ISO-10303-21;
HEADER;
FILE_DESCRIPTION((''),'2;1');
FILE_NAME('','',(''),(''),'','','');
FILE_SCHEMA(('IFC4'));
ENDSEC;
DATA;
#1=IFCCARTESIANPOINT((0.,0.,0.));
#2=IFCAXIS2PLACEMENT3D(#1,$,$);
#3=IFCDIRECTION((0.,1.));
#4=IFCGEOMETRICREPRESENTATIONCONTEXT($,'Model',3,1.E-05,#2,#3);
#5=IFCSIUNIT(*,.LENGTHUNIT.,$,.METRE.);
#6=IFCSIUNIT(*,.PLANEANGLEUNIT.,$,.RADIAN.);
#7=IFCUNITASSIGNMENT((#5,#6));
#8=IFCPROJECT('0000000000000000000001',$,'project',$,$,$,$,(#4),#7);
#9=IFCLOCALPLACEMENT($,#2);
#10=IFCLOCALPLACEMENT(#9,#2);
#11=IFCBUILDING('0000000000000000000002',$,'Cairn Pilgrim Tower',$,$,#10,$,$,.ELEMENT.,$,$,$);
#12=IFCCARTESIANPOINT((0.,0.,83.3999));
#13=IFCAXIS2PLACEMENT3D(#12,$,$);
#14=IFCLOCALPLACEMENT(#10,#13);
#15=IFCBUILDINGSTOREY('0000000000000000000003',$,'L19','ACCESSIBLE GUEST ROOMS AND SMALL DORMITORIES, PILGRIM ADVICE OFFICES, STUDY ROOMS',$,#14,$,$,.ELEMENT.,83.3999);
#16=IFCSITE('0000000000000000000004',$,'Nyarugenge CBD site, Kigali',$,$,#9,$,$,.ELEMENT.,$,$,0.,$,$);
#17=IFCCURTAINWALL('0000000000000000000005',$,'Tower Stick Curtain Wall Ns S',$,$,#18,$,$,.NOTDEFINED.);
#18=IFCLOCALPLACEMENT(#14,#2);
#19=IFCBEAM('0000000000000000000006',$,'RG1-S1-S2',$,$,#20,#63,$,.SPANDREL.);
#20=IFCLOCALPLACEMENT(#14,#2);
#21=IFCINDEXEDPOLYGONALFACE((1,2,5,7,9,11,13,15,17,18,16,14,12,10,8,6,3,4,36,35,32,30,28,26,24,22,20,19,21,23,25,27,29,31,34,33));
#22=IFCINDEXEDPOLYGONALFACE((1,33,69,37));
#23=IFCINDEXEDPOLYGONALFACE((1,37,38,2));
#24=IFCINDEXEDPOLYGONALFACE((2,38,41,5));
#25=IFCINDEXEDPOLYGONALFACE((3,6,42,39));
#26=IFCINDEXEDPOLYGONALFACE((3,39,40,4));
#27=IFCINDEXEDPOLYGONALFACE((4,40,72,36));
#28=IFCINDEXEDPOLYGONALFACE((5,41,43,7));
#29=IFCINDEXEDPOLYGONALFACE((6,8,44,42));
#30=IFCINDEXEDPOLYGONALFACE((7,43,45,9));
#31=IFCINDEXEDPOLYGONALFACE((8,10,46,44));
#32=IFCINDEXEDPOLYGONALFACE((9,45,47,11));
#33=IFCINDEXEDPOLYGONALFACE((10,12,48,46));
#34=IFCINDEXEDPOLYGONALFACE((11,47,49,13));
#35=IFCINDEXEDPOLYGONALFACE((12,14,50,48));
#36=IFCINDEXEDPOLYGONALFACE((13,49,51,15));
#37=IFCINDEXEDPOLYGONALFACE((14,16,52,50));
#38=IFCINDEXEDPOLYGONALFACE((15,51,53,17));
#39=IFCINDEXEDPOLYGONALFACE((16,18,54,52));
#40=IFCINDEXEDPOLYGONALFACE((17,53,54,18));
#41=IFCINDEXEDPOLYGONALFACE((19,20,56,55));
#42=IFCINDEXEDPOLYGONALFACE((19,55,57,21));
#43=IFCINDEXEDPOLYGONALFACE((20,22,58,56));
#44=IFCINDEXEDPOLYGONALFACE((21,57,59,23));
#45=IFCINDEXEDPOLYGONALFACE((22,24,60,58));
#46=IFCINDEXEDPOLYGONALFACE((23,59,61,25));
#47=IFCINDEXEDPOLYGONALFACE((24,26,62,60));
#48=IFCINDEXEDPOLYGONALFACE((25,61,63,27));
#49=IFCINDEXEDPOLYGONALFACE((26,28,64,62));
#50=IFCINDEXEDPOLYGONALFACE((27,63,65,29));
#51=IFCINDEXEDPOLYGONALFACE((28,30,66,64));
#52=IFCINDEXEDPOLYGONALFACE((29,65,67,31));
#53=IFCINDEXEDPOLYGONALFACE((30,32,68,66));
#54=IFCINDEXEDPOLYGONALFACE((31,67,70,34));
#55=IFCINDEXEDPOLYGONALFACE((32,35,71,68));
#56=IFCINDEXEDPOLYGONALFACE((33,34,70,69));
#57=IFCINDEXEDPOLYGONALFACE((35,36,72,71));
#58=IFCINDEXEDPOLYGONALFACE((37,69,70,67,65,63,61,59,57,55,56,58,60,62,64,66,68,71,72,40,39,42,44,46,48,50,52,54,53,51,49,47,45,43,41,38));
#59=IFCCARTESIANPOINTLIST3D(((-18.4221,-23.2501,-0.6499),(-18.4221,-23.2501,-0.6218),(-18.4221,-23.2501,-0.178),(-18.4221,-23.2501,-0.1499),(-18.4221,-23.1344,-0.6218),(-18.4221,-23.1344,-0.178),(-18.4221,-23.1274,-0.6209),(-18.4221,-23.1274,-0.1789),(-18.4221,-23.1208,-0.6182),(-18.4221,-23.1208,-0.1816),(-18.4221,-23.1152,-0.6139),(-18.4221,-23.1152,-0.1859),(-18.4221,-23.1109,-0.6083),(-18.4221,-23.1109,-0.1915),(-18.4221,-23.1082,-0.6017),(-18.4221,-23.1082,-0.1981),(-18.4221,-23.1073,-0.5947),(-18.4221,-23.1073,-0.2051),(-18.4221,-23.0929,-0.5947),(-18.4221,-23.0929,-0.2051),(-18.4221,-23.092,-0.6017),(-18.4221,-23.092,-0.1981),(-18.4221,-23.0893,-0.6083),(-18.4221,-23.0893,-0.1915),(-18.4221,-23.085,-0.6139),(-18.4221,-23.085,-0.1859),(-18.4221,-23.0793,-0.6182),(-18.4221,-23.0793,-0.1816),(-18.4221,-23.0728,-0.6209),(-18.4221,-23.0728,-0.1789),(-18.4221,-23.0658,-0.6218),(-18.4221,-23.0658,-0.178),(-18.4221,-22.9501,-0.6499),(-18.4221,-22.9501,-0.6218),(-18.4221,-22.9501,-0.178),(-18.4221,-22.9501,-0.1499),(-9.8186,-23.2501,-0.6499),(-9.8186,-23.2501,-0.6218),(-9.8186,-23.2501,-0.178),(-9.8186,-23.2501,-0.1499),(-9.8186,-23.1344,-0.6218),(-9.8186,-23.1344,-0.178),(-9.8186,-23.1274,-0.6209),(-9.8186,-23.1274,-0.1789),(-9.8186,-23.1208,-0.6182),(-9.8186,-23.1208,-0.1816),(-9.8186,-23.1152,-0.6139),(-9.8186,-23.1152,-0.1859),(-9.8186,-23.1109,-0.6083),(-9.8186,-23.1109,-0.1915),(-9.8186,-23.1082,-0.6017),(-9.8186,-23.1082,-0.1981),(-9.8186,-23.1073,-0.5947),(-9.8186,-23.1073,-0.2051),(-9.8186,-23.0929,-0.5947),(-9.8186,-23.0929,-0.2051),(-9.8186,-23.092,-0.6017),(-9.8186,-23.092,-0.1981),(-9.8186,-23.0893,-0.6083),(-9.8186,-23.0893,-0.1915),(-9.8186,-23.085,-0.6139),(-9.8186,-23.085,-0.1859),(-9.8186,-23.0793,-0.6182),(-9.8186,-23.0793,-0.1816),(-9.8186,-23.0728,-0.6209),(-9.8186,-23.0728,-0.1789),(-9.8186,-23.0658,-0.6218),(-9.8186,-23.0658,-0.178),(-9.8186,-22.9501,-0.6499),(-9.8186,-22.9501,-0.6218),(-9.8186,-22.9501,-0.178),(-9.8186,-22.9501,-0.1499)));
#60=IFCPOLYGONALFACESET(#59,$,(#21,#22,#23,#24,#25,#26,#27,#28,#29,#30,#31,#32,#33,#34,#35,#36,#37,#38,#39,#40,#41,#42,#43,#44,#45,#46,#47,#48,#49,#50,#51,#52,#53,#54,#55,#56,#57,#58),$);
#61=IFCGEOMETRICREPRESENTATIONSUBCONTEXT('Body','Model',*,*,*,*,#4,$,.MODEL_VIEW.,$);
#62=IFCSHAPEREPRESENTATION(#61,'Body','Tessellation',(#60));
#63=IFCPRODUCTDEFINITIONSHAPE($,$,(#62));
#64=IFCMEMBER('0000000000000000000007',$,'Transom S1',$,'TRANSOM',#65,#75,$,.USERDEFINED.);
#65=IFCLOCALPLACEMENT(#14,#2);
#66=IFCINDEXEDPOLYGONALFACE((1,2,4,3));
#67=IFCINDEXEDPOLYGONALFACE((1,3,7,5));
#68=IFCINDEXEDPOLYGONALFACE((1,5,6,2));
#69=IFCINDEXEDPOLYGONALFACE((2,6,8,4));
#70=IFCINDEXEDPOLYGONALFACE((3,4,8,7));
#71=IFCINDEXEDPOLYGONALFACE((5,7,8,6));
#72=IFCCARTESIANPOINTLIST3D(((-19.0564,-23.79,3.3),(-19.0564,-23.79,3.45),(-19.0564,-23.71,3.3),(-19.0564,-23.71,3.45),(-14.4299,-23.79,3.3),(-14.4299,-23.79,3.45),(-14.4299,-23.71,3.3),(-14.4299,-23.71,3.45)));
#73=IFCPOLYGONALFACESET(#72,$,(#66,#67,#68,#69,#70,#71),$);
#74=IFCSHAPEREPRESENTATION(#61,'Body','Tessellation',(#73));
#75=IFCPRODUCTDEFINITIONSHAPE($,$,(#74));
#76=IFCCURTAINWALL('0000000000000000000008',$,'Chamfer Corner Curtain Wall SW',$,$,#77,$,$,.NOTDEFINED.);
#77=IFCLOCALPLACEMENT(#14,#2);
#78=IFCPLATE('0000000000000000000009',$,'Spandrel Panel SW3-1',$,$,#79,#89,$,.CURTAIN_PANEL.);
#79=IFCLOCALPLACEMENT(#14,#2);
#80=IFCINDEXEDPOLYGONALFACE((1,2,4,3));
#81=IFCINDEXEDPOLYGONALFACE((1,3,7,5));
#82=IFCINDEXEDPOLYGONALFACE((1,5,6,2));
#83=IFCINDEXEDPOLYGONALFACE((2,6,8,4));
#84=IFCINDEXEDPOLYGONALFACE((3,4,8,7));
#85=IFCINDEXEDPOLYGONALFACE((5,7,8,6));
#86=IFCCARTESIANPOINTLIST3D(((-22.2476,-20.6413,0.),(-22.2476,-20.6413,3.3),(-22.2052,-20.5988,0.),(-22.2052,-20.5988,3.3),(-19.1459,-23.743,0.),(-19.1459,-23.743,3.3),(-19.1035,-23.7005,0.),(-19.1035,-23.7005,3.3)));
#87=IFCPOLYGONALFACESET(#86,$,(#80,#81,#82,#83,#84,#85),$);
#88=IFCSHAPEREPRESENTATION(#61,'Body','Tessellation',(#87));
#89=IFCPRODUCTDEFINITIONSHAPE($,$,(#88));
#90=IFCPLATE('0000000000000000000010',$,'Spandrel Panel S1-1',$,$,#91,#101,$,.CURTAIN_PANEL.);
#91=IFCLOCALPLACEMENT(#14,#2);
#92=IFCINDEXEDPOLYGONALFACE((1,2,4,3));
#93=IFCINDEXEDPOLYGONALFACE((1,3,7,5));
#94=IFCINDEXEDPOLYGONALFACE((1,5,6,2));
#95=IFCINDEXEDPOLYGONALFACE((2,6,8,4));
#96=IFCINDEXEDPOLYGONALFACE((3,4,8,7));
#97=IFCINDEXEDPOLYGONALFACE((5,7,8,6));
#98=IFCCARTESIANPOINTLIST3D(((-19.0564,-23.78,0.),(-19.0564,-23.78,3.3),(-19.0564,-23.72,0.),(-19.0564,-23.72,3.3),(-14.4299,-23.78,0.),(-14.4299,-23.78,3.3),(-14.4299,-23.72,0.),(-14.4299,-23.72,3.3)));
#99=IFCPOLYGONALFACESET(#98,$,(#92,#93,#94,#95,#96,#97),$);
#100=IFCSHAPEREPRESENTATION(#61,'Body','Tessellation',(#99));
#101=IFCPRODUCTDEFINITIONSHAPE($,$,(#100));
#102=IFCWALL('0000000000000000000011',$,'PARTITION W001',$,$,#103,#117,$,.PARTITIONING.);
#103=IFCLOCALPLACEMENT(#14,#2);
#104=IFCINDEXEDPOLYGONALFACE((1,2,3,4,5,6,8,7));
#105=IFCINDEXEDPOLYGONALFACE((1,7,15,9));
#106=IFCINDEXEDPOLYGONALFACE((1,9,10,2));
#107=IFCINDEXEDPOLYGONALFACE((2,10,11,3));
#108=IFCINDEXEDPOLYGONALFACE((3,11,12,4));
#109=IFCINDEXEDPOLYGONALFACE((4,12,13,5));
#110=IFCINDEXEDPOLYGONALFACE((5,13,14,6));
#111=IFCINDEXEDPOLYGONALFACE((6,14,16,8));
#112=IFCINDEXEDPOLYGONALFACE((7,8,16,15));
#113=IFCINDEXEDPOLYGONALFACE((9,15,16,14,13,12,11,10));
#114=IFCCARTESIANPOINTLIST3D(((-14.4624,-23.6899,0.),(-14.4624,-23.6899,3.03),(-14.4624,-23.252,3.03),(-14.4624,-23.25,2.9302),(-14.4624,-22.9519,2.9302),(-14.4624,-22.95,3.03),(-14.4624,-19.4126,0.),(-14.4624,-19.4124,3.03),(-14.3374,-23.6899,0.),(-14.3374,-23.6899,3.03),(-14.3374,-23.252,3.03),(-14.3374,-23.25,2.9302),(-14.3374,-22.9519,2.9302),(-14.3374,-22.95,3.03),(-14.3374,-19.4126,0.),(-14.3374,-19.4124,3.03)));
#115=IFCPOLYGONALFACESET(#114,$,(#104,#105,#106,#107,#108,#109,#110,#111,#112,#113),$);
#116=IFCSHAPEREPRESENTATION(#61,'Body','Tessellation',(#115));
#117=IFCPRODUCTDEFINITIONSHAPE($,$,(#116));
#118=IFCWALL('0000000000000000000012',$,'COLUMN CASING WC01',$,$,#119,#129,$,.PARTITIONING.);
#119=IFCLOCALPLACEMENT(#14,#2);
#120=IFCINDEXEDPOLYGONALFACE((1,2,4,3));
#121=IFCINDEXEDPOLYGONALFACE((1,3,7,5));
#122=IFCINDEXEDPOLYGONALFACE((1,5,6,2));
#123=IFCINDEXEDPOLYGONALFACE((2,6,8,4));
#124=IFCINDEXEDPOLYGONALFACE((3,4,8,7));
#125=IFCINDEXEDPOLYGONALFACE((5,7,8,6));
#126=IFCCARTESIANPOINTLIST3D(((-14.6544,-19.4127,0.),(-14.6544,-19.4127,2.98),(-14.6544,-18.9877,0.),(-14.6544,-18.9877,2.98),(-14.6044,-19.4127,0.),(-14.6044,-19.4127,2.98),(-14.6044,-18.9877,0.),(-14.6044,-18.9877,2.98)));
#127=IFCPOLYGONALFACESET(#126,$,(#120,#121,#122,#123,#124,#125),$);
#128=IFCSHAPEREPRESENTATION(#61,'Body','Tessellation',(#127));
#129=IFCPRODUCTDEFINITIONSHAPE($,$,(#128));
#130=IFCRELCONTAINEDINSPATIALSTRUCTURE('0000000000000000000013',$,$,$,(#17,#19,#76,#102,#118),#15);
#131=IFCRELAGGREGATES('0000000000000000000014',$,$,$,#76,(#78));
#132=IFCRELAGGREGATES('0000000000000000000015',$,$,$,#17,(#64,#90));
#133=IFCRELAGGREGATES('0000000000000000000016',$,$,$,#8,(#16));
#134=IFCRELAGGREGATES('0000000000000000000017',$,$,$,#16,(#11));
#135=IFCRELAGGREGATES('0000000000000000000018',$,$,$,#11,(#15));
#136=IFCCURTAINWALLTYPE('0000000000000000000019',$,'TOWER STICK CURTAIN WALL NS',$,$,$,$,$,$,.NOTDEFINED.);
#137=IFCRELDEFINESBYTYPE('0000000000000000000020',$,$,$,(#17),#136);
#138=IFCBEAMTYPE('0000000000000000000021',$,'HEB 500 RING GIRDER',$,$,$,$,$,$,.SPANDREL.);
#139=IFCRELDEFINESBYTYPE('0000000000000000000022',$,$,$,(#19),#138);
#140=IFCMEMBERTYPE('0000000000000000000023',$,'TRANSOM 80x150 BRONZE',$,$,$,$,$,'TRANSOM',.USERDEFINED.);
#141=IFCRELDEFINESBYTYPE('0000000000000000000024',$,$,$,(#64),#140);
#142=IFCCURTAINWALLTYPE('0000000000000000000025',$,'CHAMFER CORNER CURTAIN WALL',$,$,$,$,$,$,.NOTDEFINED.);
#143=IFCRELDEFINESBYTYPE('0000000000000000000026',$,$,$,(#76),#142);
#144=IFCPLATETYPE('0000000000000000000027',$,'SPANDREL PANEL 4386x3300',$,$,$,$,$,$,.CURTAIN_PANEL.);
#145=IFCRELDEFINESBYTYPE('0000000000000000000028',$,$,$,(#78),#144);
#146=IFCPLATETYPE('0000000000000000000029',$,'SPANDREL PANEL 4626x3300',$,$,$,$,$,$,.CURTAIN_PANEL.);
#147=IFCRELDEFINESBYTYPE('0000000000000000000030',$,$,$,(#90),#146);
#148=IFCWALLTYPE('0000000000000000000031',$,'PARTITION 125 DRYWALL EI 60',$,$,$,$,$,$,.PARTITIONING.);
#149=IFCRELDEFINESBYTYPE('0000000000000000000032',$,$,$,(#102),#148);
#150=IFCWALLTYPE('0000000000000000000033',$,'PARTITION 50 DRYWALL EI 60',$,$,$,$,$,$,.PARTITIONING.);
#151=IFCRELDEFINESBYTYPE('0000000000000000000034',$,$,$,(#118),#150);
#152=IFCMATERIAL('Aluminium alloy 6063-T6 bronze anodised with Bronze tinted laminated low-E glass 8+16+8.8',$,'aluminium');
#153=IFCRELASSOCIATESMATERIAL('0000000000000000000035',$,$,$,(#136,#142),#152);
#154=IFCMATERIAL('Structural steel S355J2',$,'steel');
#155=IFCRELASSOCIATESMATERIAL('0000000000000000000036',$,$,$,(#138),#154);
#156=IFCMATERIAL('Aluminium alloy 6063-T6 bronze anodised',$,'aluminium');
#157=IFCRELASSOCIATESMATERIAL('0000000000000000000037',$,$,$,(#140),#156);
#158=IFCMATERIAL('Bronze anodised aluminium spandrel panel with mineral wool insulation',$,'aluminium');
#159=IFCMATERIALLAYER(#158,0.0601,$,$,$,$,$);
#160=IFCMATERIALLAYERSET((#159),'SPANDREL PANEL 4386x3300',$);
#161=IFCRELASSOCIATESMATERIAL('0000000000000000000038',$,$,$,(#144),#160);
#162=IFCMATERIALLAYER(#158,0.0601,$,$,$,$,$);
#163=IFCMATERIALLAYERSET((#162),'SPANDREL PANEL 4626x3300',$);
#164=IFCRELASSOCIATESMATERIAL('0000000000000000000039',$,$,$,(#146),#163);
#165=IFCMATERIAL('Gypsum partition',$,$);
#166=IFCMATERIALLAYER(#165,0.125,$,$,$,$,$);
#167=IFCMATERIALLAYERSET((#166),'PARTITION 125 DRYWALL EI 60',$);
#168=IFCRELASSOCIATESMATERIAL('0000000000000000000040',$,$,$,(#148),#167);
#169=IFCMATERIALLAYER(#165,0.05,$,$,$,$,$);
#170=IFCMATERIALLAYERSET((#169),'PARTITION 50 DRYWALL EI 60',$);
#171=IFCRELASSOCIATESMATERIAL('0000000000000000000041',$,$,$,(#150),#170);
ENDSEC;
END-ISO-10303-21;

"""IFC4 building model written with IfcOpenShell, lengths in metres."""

from ifc_helpers import new_model, si_unit, direction, frame, frame_2d, origin, origin_2d, place, context, subcontext, project, spatial, polyline, rectangle, i_section, outline, extrude, material, layer, layer_set, material_profile, profile_set, type_object, element, aggregate, save


model = new_model("IFC4")

# Units and contexts
model_context = context("Model", 3, precision=1e-05, world=origin(), true_north=direction((0.0, 1.0)))
body_context = subcontext(model_context, "Body", "Model", "MODEL_VIEW")
ifc_project = project(units=[si_unit("LENGTHUNIT", "METRE"), si_unit("PLANEANGLEUNIT", "RADIAN")], contexts=[model_context])

# Site, building, storey
site_placement = place(None, origin())
site = spatial("IfcSite", under=ifc_project, at=site_placement, Name="Nyarugenge CBD site, Kigali", CompositionType="ELEMENT", RefElevation=0.0)
building_placement = place(site_placement, origin())
building = spatial("IfcBuilding", under=site, at=building_placement, Name="Cairn Pilgrim Tower", CompositionType="ELEMENT")
storey_placement = place(building_placement, frame((0.0, 0.0, 83.3999)))
storey = spatial("IfcBuildingStorey", under=building, at=storey_placement, Name="L19", Description="ACCESSIBLE GUEST ROOMS AND SMALL DORMITORIES, PILGRIM ADVICE OFFICES, STUDY ROOMS", CompositionType="ELEMENT", Elevation=83.3999)

# Shared definitions
ifc_material_1 = material(Name="Structural steel S355J2", Category="steel")

# Curtain wall
ifc_material_2 = material(Name="Aluminium alloy 6063-T6 bronze anodised with Bronze tinted laminated low-E glass 8+16+8.8", Category="aluminium")
curtain_wall_type_1 = type_object("IfcCurtainWallType", Name="TOWER STICK CURTAIN WALL NS", PredefinedType="NOTDEFINED", material=ifc_material_2)
curtain_wall_1_placement = place(storey_placement, origin())
curtain_wall_1 = element("IfcCurtainWall", 1, at=curtain_wall_1_placement, inside=storey, type_object=curtain_wall_type_1, Name="Tower Stick Curtain Wall Ns S", PredefinedType="NOTDEFINED")
ifc_material_3 = material(Name="Aluminium alloy 6063-T6 bronze anodised", Category="aluminium")

# Beam
ifc_material_profile_1 = material_profile(ifc_material_1, i_section(OverallWidth=0.3, OverallDepth=0.5, WebThickness=0.0144, FlangeThickness=0.0281, FilletRadius=0.0271, at=origin_2d()), Name="HEB 500")
ifc_profile_set_1 = profile_set([ifc_material_profile_1], Name="Structural steel S355J2")
beam_type_1 = type_object("IfcBeamType", Name="HEB 500 RING GIRDER", PredefinedType="SPANDREL", material=ifc_profile_set_1)
beam_1_placement = place(storey_placement, frame((-18.4221, -23.1001, -0.3999), z_axis=(1.0, 0.0, 0.0), x_axis=(0.0, 1.0, 0.0)))
element("IfcBeam", 2, at=beam_1_placement, inside=storey, type_object=beam_type_1, Name="RG1-S1-S2", PredefinedType="SPANDREL", context=body_context, shape_type="SweptSolid", body=[
    extrude(i_section(OverallWidth=0.3, OverallDepth=0.5, WebThickness=0.0144, FlangeThickness=0.0281, FilletRadius=0.0271, at=origin_2d()), origin(), (0.0, 0.0, 1.0), 8.6035),
])

# Member
ifc_material_profile_2 = material_profile(ifc_material_3, rectangle(XDim=0.0801, YDim=0.1499, at=origin_2d()), Name="TRANSOM 80x150 BRONZE")
ifc_profile_set_2 = profile_set([ifc_material_profile_2], Name="Aluminium alloy 6063-T6 bronze anodised")
member_type_1 = type_object("IfcMemberType", Name="TRANSOM 80x150 BRONZE", ElementType="TRANSOM", PredefinedType="USERDEFINED", material=ifc_profile_set_2)
member_1_placement = place(storey_placement, frame((-19.0564, -23.75, 3.375), z_axis=(1.0, 0.0, 0.0), x_axis=(0.0, 1.0, 0.0)))
member_1 = element("IfcMember", 3, at=member_1_placement, type_object=member_type_1, Name="Transom S1", ObjectType="TRANSOM", PredefinedType="USERDEFINED", context=body_context, shape_type="SweptSolid", body=[
    extrude(rectangle(XDim=0.0801, YDim=0.1499, at=origin_2d()), origin(), (0.0, 0.0, 1.0), 4.6265),
])

# Curtain wall, plate
curtain_wall_type_2 = type_object("IfcCurtainWallType", Name="CHAMFER CORNER CURTAIN WALL", PredefinedType="NOTDEFINED", material=ifc_material_2)
curtain_wall_2_placement = place(storey_placement, origin())
curtain_wall_2 = element("IfcCurtainWall", 4, at=curtain_wall_2_placement, inside=storey, type_object=curtain_wall_type_2, Name="Chamfer Corner Curtain Wall SW", PredefinedType="NOTDEFINED")
ifc_material_4 = material(Name="Bronze anodised aluminium spandrel panel with mineral wool insulation", Category="aluminium")
ifc_layer_1 = layer(ifc_material_4, 0.0601)
ifc_layer_set_1 = layer_set([ifc_layer_1], Name="SPANDREL PANEL 4386x3300")
plate_type_1 = type_object("IfcPlateType", Name="SPANDREL PANEL 4386x3300", PredefinedType="CURTAIN_PANEL", material=ifc_layer_set_1)
plate_1_placement = place(storey_placement, frame((-20.6755, -22.1709, 0.0), z_axis=(0.0, 0.0, 1.0), x_axis=(0.707107, -0.707107, 0.0)))
plate_1 = element("IfcPlate", 5, at=plate_1_placement, type_object=plate_type_1, Name="Spandrel Panel SW3-1", PredefinedType="CURTAIN_PANEL", context=body_context, shape_type="SweptSolid", body=[
    extrude(rectangle(XDim=4.3865, YDim=0.0601, at=origin_2d()), origin(), (0.0, 0.0, 1.0), 3.3),
])
aggregate(curtain_wall_2, [plate_1])

# Plate
ifc_layer_2 = layer(ifc_material_4, 0.0601)
ifc_layer_set_2 = layer_set([ifc_layer_2], Name="SPANDREL PANEL 4626x3300")
plate_type_2 = type_object("IfcPlateType", Name="SPANDREL PANEL 4626x3300", PredefinedType="CURTAIN_PANEL", material=ifc_layer_set_2)
plate_2_placement = place(storey_placement, frame((-16.7432, -23.75, 0.0), z_axis=(0.0, 0.0, 1.0), x_axis=(1.0, 0.0, 0.0)))
plate_2 = element("IfcPlate", 6, at=plate_2_placement, type_object=plate_type_2, Name="Spandrel Panel S1-1", PredefinedType="CURTAIN_PANEL", context=body_context, shape_type="SweptSolid", body=[
    extrude(rectangle(XDim=4.6265, YDim=0.0601, at=origin_2d()), origin(), (0.0, 0.0, 1.0), 3.3),
])
aggregate(curtain_wall_1, [member_1, plate_2])

# Walls
ifc_material_5 = material(Name="Gypsum partition")
ifc_layer_3 = layer(ifc_material_5, 0.125)
ifc_layer_set_3 = layer_set([ifc_layer_3], Name="PARTITION 125 DRYWALL EI 60")
wall_type_1 = type_object("IfcWallType", Name="PARTITION 125 DRYWALL EI 60", PredefinedType="PARTITIONING", material=ifc_layer_set_3)
wall_1_placement = place(storey_placement, frame((-14.3999, -23.6899, 0.0), z_axis=(0.0, 0.0, 1.0), x_axis=(0.0, 1.0, 0.0)))
element("IfcWall", 7, at=wall_1_placement, inside=storey, type_object=wall_type_1, Name="PARTITION W001", PredefinedType="PARTITIONING", context=body_context, shape_type="SweptSolid", body=[
    extrude(outline(polyline([(0.0, 0.0), (4.2773, 0.0), (4.2776, 3.03), (0.74, 3.03), (0.738, 2.9302), (0.4399, 2.9302), (0.438, 3.03), (0.0, 3.03), (0.0, 0.0)])), frame((0.0, 0.0625, 0.0), z_axis=(0.0, -1.0, 0.0), x_axis=(1.0, 0.0, 0.0)), (0.0, 0.0, 1.0), 0.125),
])
ifc_layer_4 = layer(ifc_material_5, 0.05)
ifc_layer_set_4 = layer_set([ifc_layer_4], Name="PARTITION 50 DRYWALL EI 60")
wall_type_2 = type_object("IfcWallType", Name="PARTITION 50 DRYWALL EI 60", PredefinedType="PARTITIONING", material=ifc_layer_set_4)
wall_2_placement = place(storey_placement, frame((-14.6294, -19.4126, 0.0), z_axis=(0.0, 0.0, 1.0), x_axis=(0.0, 1.0, 0.0)))
element("IfcWall", 8, at=wall_2_placement, inside=storey, type_object=wall_type_2, Name="COLUMN CASING WC01", PredefinedType="PARTITIONING", context=body_context, shape_type="SweptSolid", body=[
    extrude(rectangle(XDim=0.425, YDim=0.05, at=frame_2d((0.2124, 0.0))), origin(), (0.0, 0.0, 1.0), 2.98),
])

save(model, "model.ifc")
